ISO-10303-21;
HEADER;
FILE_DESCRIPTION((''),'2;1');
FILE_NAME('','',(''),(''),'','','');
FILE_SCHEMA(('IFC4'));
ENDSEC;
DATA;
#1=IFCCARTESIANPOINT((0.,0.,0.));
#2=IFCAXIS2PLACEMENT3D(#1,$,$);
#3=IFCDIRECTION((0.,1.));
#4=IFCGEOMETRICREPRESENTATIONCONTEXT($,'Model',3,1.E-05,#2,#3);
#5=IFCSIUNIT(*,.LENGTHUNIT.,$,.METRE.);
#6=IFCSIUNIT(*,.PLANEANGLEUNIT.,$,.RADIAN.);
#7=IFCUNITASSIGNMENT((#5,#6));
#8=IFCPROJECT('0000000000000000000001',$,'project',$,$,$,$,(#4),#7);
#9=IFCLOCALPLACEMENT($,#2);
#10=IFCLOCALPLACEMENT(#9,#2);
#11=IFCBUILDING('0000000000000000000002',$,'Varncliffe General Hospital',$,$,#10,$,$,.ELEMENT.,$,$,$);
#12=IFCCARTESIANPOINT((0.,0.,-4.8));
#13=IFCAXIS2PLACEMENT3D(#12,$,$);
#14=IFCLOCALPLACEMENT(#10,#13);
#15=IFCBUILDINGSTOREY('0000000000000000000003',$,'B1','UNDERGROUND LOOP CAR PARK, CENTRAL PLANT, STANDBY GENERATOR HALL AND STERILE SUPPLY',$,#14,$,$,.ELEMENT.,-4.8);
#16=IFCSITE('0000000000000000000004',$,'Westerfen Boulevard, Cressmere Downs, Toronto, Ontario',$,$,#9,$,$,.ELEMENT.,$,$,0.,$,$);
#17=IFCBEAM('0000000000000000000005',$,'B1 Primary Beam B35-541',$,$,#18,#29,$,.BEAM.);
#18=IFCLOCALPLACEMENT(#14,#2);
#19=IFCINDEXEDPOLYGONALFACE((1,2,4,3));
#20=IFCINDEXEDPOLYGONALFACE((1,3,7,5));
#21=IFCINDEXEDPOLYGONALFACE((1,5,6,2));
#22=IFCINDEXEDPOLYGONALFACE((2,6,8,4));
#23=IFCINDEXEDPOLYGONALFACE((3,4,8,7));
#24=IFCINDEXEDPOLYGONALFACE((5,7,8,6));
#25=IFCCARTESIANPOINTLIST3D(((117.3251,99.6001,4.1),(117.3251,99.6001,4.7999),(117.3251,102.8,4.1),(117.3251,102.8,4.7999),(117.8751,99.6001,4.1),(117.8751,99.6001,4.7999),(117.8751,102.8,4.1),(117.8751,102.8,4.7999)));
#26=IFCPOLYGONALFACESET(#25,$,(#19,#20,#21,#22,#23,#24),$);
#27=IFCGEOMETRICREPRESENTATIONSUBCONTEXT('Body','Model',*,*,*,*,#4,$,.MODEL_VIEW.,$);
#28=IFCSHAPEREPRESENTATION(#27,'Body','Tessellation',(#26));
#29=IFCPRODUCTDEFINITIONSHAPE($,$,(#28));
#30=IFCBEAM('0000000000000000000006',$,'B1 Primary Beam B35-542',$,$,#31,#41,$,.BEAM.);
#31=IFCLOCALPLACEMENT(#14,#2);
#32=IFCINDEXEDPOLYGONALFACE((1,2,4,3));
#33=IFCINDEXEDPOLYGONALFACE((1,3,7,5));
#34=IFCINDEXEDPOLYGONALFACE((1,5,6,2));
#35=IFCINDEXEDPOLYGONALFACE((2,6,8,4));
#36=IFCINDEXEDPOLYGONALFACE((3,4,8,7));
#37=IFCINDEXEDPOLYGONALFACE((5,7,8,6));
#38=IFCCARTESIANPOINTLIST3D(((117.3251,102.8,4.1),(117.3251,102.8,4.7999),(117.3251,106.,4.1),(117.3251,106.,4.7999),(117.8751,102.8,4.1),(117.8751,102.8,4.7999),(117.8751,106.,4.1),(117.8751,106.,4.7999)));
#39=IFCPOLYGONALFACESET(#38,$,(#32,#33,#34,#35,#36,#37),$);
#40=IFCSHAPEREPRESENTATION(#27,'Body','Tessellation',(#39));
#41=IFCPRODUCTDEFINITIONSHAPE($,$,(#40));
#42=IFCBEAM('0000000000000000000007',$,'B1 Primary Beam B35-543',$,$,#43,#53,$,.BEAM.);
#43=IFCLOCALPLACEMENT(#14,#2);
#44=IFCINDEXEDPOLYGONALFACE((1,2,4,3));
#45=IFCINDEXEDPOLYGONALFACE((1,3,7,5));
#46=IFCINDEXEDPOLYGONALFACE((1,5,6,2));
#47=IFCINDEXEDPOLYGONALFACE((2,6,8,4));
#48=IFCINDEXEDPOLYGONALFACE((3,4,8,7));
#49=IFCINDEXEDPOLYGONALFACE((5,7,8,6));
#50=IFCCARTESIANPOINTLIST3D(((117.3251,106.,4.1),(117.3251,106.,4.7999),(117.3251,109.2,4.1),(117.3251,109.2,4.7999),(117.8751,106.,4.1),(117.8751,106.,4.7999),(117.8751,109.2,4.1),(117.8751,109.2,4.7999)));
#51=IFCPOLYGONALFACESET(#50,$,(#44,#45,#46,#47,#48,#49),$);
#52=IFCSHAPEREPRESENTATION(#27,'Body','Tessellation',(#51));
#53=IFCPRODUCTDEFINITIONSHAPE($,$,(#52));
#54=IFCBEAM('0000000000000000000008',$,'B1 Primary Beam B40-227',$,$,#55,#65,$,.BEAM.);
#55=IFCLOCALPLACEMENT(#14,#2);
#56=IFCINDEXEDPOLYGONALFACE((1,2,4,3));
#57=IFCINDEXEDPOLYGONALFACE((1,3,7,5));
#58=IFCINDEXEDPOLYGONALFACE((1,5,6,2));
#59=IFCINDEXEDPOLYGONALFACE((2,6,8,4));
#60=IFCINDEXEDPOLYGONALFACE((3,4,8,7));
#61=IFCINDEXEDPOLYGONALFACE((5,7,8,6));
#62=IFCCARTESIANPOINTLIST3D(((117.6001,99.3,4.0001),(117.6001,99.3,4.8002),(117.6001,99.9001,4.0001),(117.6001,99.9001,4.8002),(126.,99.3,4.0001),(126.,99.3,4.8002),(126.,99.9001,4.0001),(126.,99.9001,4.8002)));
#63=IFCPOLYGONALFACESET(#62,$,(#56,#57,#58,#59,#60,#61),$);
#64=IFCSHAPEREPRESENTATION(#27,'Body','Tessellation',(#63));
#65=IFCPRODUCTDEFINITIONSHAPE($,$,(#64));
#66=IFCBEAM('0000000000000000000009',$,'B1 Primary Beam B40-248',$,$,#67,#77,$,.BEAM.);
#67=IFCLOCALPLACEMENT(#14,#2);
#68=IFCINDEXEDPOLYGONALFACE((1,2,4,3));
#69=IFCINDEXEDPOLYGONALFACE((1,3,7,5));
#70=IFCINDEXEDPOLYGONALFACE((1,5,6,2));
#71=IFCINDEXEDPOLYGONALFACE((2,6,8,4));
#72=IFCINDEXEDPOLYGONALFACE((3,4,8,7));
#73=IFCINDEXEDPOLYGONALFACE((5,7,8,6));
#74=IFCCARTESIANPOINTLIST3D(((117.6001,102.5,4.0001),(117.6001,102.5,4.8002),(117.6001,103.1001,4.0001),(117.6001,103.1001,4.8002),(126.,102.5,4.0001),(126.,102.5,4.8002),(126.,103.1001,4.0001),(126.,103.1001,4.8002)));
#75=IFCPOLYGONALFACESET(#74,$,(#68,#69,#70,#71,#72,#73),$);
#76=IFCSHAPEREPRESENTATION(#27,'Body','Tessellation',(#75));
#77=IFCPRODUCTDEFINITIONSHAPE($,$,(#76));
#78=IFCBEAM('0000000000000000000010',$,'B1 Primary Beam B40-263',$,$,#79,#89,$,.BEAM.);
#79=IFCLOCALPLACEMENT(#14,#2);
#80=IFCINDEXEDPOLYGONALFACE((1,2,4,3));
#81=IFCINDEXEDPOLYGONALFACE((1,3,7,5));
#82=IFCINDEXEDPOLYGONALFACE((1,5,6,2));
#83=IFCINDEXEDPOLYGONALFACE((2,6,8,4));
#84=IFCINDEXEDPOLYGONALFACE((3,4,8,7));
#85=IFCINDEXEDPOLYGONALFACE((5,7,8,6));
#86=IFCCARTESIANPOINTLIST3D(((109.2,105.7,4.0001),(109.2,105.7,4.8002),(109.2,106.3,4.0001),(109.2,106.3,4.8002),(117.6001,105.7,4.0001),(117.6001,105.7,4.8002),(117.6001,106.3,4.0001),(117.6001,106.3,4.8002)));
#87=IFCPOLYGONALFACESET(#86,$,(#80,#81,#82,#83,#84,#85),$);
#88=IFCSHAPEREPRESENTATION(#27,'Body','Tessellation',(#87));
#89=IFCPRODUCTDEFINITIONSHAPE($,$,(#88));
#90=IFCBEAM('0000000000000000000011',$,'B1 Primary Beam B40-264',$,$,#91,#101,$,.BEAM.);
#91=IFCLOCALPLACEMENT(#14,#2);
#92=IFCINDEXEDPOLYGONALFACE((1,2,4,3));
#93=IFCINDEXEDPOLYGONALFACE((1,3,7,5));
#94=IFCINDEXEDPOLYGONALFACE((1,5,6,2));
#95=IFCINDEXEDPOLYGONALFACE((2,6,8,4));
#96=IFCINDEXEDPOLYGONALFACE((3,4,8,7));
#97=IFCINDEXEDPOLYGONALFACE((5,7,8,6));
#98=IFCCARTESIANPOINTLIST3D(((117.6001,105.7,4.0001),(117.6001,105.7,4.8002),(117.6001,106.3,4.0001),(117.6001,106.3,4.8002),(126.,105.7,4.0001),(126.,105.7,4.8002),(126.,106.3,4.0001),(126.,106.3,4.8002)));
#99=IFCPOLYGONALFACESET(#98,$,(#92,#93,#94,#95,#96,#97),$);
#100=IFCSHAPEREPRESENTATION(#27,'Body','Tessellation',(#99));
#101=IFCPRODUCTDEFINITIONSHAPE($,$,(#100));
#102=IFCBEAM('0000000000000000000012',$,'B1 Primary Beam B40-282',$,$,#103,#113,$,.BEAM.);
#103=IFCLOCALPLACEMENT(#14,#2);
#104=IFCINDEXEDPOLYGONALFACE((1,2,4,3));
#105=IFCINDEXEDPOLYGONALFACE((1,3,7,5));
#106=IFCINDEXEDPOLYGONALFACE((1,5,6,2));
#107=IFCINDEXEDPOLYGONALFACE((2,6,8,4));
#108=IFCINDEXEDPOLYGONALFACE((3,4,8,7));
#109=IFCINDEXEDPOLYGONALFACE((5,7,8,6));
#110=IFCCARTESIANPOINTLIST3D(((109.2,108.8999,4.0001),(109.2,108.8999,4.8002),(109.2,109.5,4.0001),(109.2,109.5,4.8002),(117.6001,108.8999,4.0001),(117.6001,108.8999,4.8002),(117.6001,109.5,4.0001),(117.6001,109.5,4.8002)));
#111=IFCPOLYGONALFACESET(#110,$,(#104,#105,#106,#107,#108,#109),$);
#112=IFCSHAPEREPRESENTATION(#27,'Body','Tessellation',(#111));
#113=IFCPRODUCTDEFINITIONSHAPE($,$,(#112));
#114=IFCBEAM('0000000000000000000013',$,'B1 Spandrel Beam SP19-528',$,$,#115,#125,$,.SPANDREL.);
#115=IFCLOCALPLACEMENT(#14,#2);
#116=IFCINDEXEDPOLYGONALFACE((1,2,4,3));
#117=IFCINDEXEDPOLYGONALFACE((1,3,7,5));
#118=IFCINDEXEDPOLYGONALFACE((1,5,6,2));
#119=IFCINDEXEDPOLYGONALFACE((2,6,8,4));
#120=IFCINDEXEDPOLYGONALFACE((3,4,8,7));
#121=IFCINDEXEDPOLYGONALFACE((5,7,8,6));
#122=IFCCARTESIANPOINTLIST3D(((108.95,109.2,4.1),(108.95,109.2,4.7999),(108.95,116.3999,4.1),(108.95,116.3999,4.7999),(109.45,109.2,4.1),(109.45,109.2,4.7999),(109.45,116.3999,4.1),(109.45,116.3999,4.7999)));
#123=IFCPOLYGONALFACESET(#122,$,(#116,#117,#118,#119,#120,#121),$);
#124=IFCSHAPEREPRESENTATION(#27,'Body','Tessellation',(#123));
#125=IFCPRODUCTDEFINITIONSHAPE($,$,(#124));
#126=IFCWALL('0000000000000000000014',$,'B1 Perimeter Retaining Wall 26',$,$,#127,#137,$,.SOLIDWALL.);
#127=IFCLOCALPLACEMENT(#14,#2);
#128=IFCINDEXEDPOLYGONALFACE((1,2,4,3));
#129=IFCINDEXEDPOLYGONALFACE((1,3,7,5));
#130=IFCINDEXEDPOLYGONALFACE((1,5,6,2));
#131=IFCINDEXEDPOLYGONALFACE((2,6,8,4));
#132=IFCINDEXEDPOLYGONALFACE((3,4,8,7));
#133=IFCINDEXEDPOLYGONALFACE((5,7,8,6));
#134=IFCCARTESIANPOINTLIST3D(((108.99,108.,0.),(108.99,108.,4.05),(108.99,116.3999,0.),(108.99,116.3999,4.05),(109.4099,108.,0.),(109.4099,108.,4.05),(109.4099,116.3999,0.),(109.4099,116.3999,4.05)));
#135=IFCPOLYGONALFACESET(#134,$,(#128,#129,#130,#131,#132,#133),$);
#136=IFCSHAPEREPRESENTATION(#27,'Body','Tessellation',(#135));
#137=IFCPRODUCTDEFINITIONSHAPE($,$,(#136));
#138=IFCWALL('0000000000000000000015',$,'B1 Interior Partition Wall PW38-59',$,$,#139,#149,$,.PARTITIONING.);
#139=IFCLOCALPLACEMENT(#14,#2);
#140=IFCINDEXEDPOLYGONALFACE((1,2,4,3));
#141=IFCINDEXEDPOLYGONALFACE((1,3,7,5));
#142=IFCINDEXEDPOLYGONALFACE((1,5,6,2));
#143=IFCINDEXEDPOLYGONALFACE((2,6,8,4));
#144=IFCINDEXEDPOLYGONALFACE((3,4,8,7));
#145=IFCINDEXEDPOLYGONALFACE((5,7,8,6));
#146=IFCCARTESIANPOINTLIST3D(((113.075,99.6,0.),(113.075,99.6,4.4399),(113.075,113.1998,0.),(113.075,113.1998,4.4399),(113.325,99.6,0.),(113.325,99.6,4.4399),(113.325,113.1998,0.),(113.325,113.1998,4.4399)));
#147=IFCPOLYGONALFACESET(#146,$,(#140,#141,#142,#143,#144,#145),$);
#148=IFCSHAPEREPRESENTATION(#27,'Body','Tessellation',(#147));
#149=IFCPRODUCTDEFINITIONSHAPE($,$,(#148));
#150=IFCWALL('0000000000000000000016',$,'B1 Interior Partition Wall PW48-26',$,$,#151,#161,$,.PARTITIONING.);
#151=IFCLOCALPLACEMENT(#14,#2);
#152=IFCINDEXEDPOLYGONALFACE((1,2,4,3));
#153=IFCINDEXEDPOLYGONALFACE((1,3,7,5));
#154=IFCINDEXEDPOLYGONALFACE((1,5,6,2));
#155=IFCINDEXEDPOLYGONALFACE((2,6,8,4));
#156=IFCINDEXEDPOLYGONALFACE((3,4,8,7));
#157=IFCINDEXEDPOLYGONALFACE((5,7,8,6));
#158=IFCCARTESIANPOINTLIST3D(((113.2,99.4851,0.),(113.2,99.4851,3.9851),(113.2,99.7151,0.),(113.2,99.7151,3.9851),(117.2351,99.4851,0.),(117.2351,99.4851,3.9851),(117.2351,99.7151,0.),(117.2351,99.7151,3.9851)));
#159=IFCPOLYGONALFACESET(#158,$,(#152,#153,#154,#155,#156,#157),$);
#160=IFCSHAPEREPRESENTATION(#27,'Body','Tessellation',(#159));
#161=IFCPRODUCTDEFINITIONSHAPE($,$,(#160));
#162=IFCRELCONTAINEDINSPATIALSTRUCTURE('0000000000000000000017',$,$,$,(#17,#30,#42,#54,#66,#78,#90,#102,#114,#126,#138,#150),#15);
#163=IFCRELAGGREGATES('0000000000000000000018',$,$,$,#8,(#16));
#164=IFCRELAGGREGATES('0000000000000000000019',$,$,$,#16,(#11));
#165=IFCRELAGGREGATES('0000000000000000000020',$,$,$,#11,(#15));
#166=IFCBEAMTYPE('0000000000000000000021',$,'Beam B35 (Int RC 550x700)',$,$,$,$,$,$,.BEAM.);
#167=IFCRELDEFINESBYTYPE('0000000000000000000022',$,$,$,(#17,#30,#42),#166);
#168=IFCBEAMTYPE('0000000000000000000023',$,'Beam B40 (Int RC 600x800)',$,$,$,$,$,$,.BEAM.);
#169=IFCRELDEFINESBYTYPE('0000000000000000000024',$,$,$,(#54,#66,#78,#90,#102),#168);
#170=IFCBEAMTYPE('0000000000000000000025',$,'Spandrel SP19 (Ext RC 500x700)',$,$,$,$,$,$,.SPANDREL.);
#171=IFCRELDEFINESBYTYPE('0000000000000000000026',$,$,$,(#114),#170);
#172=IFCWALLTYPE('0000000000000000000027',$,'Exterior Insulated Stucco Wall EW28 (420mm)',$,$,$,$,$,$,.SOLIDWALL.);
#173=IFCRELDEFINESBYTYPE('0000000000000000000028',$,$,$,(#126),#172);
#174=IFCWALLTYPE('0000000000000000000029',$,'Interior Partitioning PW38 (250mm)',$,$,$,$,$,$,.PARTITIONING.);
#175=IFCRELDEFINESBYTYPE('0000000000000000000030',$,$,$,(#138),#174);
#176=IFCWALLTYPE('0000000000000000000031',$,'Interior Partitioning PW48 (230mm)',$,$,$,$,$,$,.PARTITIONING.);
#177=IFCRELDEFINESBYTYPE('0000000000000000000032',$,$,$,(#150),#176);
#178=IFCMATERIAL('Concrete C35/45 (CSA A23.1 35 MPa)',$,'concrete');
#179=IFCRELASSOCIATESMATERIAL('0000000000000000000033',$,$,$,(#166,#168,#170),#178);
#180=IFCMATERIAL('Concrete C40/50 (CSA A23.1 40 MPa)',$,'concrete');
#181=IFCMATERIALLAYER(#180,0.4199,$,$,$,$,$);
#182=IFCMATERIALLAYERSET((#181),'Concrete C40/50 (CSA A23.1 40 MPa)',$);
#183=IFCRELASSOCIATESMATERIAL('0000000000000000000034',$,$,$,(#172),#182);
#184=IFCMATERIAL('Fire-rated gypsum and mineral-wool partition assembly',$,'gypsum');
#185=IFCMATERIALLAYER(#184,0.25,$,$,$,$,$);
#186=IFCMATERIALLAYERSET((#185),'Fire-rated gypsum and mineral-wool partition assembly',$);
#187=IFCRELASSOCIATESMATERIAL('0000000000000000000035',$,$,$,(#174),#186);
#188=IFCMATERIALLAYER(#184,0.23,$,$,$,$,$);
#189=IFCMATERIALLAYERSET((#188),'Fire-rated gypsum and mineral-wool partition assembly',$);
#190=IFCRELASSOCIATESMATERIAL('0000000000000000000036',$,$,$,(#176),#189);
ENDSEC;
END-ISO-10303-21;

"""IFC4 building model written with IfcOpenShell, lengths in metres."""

from ifc_helpers import new_model, si_unit, direction, frame, frame_2d, origin, origin_2d, place, context, subcontext, project, spatial, rectangle, extrude, material, layer, layer_set, material_profile, profile_set, type_object, element, save


model = new_model("IFC4")

# Units and contexts
model_context = context("Model", 3, precision=1e-05, world=origin(), true_north=direction((0.0, 1.0)))
body_context = subcontext(model_context, "Body", "Model", "MODEL_VIEW")
ifc_project = project(units=[si_unit("LENGTHUNIT", "METRE"), si_unit("PLANEANGLEUNIT", "RADIAN")], contexts=[model_context])

# Site, building, storey
site_placement = place(None, origin())
site = spatial("IfcSite", under=ifc_project, at=site_placement, Name="Westerfen Boulevard, Cressmere Downs, Toronto, Ontario", CompositionType="ELEMENT", RefElevation=0.0)
building_placement = place(site_placement, origin())
building = spatial("IfcBuilding", under=site, at=building_placement, Name="Varncliffe General Hospital", CompositionType="ELEMENT")
storey_placement = place(building_placement, frame((0.0, 0.0, -4.8)))
storey = spatial("IfcBuildingStorey", under=building, at=storey_placement, Name="B1", Description="UNDERGROUND LOOP CAR PARK, CENTRAL PLANT, STANDBY GENERATOR HALL AND STERILE SUPPLY", CompositionType="ELEMENT", Elevation=-4.8)

# Shared definitions
ifc_material_1 = material(Name="Concrete C40/50 (CSA A23.1 40 MPa)", Category="concrete")

# Beams
ifc_material_2 = material(Name="Concrete C35/45 (CSA A23.1 35 MPa)", Category="concrete")
ifc_material_profile_1 = material_profile(ifc_material_2, rectangle(XDim=0.55, YDim=0.7, at=origin_2d()), Name="RC 550x700")
ifc_profile_set_1 = profile_set([ifc_material_profile_1], Name="Concrete C35/45 (CSA A23.1 35 MPa)")
beam_type_1 = type_object("IfcBeamType", Name="Beam B35 (Int RC 550x700)", PredefinedType="BEAM", material=ifc_profile_set_1)
for number, where, z_axis, x_axis, name in (
    (1, (117.6001, 99.6001, 4.45), (0.0, 1.0, 0.0), (-1.0, 0.0, 0.0), "B1 Primary Beam B35-541"),
    (2, (117.6001, 102.8, 4.45), (0.0, 1.0, 0.0), (-1.0, 0.0, 0.0), "B1 Primary Beam B35-542"),
    (3, (117.6001, 106.0, 4.45), (0.0, 1.0, 0.0), (-1.0, 0.0, 0.0), "B1 Primary Beam B35-543"),
):
    element("IfcBeam", number, at=place(storey_placement, frame(where, z_axis=z_axis, x_axis=x_axis)), inside=storey, type_object=beam_type_1, Name=name, PredefinedType="BEAM", context=body_context, shape_type="SweptSolid", body=[
        extrude(rectangle(XDim=0.55, YDim=0.7, at=origin_2d()), origin(), (0.0, 0.0, 1.0), 3.2),
    ])
ifc_material_profile_2 = material_profile(ifc_material_2, rectangle(XDim=0.6001, YDim=0.8, at=origin_2d()), Name="RC 600x800")
ifc_profile_set_2 = profile_set([ifc_material_profile_2], Name="Concrete C35/45 (CSA A23.1 35 MPa)")
beam_type_2 = type_object("IfcBeamType", Name="Beam B40 (Int RC 600x800)", PredefinedType="BEAM", material=ifc_profile_set_2)
for number, where, z_axis, x_axis, name in (
    (4, (117.6001, 99.6001, 4.4001), (1.0, 0.0, 0.0), (0.0, 1.0, 0.0), "B1 Primary Beam B40-227"),
    (5, (117.6001, 102.8, 4.4001), (1.0, 0.0, 0.0), (0.0, 1.0, 0.0), "B1 Primary Beam B40-248"),
):
    element("IfcBeam", number, at=place(storey_placement, frame(where, z_axis=z_axis, x_axis=x_axis)), inside=storey, type_object=beam_type_2, Name=name, PredefinedType="BEAM", context=body_context, shape_type="SweptSolid", body=[
        extrude(rectangle(XDim=0.6001, YDim=0.8, at=origin_2d()), origin(), (0.0, 0.0, 1.0), 8.3999),
    ])
beam_1_placement = place(storey_placement, frame((109.2, 106.0, 4.4001), z_axis=(1.0, 0.0, 0.0), x_axis=(0.0, 1.0, 0.0)))
element("IfcBeam", 6, at=beam_1_placement, inside=storey, type_object=beam_type_2, Name="B1 Primary Beam B40-263", PredefinedType="BEAM", context=body_context, shape_type="SweptSolid", body=[
    extrude(rectangle(XDim=0.6001, YDim=0.8, at=origin_2d()), origin(), (0.0, 0.0, 1.0), 8.4001),
])
beam_2_placement = place(storey_placement, frame((117.6001, 106.0, 4.4001), z_axis=(1.0, 0.0, 0.0), x_axis=(0.0, 1.0, 0.0)))
element("IfcBeam", 7, at=beam_2_placement, inside=storey, type_object=beam_type_2, Name="B1 Primary Beam B40-264", PredefinedType="BEAM", context=body_context, shape_type="SweptSolid", body=[
    extrude(rectangle(XDim=0.6001, YDim=0.8, at=origin_2d()), origin(), (0.0, 0.0, 1.0), 8.3999),
])
beam_3_placement = place(storey_placement, frame((109.2, 109.2, 4.4001), z_axis=(1.0, 0.0, 0.0), x_axis=(0.0, 1.0, 0.0)))
element("IfcBeam", 8, at=beam_3_placement, inside=storey, type_object=beam_type_2, Name="B1 Primary Beam B40-282", PredefinedType="BEAM", context=body_context, shape_type="SweptSolid", body=[
    extrude(rectangle(XDim=0.6001, YDim=0.8, at=origin_2d()), origin(), (0.0, 0.0, 1.0), 8.4001),
])
ifc_material_profile_3 = material_profile(ifc_material_2, rectangle(XDim=0.5, YDim=0.7, at=origin_2d()), Name="RC 500x700")
ifc_profile_set_3 = profile_set([ifc_material_profile_3], Name="Concrete C35/45 (CSA A23.1 35 MPa)")
beam_type_3 = type_object("IfcBeamType", Name="Spandrel SP19 (Ext RC 500x700)", PredefinedType="SPANDREL", material=ifc_profile_set_3)
beam_4_placement = place(storey_placement, frame((109.2, 109.2, 4.45), z_axis=(0.0, 1.0, 0.0), x_axis=(-1.0, 0.0, 0.0)))
element("IfcBeam", 9, at=beam_4_placement, inside=storey, type_object=beam_type_3, Name="B1 Spandrel Beam SP19-528", PredefinedType="SPANDREL", context=body_context, shape_type="SweptSolid", body=[
    extrude(rectangle(XDim=0.5, YDim=0.7, at=origin_2d()), origin(), (0.0, 0.0, 1.0), 7.2),
])

# Walls
ifc_layer_1 = layer(ifc_material_1, 0.4199)
ifc_layer_set_1 = layer_set([ifc_layer_1], Name="Concrete C40/50 (CSA A23.1 40 MPa)")
wall_type_1 = type_object("IfcWallType", Name="Exterior Insulated Stucco Wall EW28 (420mm)", PredefinedType="SOLIDWALL", material=ifc_layer_set_1)
wall_1_placement = place(storey_placement, frame((109.2, 108.0, 0.0), z_axis=(0.0, 0.0, 1.0), x_axis=(0.0, 1.0, 0.0)))
element("IfcWall", 10, at=wall_1_placement, inside=storey, type_object=wall_type_1, Name="B1 Perimeter Retaining Wall 26", PredefinedType="SOLIDWALL", context=body_context, shape_type="SweptSolid", body=[
    extrude(rectangle(XDim=8.3999, YDim=0.4199, at=frame_2d((4.2, 0.0))), origin(), (0.0, 0.0, 1.0), 4.05),
])
ifc_material_3 = material(Name="Fire-rated gypsum and mineral-wool partition assembly", Category="gypsum")
ifc_layer_2 = layer(ifc_material_3, 0.25)
ifc_layer_set_2 = layer_set([ifc_layer_2], Name="Fire-rated gypsum and mineral-wool partition assembly")
wall_type_2 = type_object("IfcWallType", Name="Interior Partitioning PW38 (250mm)", PredefinedType="PARTITIONING", material=ifc_layer_set_2)
wall_2_placement = place(storey_placement, frame((113.2, 99.6001, 0.0), z_axis=(0.0, 0.0, 1.0), x_axis=(0.0, 1.0, 0.0)))
element("IfcWall", 11, at=wall_2_placement, inside=storey, type_object=wall_type_2, Name="B1 Interior Partition Wall PW38-59", PredefinedType="PARTITIONING", context=body_context, shape_type="SweptSolid", body=[
    extrude(rectangle(XDim=13.5999, YDim=0.25, at=frame_2d((6.7998, 0.0))), origin(), (0.0, 0.0, 1.0), 4.4399),
])
ifc_layer_3 = layer(ifc_material_3, 0.23)
ifc_layer_set_3 = layer_set([ifc_layer_3], Name="Fire-rated gypsum and mineral-wool partition assembly")
wall_type_3 = type_object("IfcWallType", Name="Interior Partitioning PW48 (230mm)", PredefinedType="PARTITIONING", material=ifc_layer_set_3)
wall_3_placement = place(storey_placement, frame((113.2, 99.6001, 0.0), z_axis=(0.0, 0.0, 1.0), x_axis=(1.0, 0.0, 0.0)))
element("IfcWall", 12, at=wall_3_placement, inside=storey, type_object=wall_type_3, Name="B1 Interior Partition Wall PW48-26", PredefinedType="PARTITIONING", context=body_context, shape_type="SweptSolid", body=[
    extrude(rectangle(XDim=4.0352, YDim=0.23, at=frame_2d((2.0176, 0.0))), origin(), (0.0, 0.0, 1.0), 3.9851),
])

save(model, "model.ifc")
